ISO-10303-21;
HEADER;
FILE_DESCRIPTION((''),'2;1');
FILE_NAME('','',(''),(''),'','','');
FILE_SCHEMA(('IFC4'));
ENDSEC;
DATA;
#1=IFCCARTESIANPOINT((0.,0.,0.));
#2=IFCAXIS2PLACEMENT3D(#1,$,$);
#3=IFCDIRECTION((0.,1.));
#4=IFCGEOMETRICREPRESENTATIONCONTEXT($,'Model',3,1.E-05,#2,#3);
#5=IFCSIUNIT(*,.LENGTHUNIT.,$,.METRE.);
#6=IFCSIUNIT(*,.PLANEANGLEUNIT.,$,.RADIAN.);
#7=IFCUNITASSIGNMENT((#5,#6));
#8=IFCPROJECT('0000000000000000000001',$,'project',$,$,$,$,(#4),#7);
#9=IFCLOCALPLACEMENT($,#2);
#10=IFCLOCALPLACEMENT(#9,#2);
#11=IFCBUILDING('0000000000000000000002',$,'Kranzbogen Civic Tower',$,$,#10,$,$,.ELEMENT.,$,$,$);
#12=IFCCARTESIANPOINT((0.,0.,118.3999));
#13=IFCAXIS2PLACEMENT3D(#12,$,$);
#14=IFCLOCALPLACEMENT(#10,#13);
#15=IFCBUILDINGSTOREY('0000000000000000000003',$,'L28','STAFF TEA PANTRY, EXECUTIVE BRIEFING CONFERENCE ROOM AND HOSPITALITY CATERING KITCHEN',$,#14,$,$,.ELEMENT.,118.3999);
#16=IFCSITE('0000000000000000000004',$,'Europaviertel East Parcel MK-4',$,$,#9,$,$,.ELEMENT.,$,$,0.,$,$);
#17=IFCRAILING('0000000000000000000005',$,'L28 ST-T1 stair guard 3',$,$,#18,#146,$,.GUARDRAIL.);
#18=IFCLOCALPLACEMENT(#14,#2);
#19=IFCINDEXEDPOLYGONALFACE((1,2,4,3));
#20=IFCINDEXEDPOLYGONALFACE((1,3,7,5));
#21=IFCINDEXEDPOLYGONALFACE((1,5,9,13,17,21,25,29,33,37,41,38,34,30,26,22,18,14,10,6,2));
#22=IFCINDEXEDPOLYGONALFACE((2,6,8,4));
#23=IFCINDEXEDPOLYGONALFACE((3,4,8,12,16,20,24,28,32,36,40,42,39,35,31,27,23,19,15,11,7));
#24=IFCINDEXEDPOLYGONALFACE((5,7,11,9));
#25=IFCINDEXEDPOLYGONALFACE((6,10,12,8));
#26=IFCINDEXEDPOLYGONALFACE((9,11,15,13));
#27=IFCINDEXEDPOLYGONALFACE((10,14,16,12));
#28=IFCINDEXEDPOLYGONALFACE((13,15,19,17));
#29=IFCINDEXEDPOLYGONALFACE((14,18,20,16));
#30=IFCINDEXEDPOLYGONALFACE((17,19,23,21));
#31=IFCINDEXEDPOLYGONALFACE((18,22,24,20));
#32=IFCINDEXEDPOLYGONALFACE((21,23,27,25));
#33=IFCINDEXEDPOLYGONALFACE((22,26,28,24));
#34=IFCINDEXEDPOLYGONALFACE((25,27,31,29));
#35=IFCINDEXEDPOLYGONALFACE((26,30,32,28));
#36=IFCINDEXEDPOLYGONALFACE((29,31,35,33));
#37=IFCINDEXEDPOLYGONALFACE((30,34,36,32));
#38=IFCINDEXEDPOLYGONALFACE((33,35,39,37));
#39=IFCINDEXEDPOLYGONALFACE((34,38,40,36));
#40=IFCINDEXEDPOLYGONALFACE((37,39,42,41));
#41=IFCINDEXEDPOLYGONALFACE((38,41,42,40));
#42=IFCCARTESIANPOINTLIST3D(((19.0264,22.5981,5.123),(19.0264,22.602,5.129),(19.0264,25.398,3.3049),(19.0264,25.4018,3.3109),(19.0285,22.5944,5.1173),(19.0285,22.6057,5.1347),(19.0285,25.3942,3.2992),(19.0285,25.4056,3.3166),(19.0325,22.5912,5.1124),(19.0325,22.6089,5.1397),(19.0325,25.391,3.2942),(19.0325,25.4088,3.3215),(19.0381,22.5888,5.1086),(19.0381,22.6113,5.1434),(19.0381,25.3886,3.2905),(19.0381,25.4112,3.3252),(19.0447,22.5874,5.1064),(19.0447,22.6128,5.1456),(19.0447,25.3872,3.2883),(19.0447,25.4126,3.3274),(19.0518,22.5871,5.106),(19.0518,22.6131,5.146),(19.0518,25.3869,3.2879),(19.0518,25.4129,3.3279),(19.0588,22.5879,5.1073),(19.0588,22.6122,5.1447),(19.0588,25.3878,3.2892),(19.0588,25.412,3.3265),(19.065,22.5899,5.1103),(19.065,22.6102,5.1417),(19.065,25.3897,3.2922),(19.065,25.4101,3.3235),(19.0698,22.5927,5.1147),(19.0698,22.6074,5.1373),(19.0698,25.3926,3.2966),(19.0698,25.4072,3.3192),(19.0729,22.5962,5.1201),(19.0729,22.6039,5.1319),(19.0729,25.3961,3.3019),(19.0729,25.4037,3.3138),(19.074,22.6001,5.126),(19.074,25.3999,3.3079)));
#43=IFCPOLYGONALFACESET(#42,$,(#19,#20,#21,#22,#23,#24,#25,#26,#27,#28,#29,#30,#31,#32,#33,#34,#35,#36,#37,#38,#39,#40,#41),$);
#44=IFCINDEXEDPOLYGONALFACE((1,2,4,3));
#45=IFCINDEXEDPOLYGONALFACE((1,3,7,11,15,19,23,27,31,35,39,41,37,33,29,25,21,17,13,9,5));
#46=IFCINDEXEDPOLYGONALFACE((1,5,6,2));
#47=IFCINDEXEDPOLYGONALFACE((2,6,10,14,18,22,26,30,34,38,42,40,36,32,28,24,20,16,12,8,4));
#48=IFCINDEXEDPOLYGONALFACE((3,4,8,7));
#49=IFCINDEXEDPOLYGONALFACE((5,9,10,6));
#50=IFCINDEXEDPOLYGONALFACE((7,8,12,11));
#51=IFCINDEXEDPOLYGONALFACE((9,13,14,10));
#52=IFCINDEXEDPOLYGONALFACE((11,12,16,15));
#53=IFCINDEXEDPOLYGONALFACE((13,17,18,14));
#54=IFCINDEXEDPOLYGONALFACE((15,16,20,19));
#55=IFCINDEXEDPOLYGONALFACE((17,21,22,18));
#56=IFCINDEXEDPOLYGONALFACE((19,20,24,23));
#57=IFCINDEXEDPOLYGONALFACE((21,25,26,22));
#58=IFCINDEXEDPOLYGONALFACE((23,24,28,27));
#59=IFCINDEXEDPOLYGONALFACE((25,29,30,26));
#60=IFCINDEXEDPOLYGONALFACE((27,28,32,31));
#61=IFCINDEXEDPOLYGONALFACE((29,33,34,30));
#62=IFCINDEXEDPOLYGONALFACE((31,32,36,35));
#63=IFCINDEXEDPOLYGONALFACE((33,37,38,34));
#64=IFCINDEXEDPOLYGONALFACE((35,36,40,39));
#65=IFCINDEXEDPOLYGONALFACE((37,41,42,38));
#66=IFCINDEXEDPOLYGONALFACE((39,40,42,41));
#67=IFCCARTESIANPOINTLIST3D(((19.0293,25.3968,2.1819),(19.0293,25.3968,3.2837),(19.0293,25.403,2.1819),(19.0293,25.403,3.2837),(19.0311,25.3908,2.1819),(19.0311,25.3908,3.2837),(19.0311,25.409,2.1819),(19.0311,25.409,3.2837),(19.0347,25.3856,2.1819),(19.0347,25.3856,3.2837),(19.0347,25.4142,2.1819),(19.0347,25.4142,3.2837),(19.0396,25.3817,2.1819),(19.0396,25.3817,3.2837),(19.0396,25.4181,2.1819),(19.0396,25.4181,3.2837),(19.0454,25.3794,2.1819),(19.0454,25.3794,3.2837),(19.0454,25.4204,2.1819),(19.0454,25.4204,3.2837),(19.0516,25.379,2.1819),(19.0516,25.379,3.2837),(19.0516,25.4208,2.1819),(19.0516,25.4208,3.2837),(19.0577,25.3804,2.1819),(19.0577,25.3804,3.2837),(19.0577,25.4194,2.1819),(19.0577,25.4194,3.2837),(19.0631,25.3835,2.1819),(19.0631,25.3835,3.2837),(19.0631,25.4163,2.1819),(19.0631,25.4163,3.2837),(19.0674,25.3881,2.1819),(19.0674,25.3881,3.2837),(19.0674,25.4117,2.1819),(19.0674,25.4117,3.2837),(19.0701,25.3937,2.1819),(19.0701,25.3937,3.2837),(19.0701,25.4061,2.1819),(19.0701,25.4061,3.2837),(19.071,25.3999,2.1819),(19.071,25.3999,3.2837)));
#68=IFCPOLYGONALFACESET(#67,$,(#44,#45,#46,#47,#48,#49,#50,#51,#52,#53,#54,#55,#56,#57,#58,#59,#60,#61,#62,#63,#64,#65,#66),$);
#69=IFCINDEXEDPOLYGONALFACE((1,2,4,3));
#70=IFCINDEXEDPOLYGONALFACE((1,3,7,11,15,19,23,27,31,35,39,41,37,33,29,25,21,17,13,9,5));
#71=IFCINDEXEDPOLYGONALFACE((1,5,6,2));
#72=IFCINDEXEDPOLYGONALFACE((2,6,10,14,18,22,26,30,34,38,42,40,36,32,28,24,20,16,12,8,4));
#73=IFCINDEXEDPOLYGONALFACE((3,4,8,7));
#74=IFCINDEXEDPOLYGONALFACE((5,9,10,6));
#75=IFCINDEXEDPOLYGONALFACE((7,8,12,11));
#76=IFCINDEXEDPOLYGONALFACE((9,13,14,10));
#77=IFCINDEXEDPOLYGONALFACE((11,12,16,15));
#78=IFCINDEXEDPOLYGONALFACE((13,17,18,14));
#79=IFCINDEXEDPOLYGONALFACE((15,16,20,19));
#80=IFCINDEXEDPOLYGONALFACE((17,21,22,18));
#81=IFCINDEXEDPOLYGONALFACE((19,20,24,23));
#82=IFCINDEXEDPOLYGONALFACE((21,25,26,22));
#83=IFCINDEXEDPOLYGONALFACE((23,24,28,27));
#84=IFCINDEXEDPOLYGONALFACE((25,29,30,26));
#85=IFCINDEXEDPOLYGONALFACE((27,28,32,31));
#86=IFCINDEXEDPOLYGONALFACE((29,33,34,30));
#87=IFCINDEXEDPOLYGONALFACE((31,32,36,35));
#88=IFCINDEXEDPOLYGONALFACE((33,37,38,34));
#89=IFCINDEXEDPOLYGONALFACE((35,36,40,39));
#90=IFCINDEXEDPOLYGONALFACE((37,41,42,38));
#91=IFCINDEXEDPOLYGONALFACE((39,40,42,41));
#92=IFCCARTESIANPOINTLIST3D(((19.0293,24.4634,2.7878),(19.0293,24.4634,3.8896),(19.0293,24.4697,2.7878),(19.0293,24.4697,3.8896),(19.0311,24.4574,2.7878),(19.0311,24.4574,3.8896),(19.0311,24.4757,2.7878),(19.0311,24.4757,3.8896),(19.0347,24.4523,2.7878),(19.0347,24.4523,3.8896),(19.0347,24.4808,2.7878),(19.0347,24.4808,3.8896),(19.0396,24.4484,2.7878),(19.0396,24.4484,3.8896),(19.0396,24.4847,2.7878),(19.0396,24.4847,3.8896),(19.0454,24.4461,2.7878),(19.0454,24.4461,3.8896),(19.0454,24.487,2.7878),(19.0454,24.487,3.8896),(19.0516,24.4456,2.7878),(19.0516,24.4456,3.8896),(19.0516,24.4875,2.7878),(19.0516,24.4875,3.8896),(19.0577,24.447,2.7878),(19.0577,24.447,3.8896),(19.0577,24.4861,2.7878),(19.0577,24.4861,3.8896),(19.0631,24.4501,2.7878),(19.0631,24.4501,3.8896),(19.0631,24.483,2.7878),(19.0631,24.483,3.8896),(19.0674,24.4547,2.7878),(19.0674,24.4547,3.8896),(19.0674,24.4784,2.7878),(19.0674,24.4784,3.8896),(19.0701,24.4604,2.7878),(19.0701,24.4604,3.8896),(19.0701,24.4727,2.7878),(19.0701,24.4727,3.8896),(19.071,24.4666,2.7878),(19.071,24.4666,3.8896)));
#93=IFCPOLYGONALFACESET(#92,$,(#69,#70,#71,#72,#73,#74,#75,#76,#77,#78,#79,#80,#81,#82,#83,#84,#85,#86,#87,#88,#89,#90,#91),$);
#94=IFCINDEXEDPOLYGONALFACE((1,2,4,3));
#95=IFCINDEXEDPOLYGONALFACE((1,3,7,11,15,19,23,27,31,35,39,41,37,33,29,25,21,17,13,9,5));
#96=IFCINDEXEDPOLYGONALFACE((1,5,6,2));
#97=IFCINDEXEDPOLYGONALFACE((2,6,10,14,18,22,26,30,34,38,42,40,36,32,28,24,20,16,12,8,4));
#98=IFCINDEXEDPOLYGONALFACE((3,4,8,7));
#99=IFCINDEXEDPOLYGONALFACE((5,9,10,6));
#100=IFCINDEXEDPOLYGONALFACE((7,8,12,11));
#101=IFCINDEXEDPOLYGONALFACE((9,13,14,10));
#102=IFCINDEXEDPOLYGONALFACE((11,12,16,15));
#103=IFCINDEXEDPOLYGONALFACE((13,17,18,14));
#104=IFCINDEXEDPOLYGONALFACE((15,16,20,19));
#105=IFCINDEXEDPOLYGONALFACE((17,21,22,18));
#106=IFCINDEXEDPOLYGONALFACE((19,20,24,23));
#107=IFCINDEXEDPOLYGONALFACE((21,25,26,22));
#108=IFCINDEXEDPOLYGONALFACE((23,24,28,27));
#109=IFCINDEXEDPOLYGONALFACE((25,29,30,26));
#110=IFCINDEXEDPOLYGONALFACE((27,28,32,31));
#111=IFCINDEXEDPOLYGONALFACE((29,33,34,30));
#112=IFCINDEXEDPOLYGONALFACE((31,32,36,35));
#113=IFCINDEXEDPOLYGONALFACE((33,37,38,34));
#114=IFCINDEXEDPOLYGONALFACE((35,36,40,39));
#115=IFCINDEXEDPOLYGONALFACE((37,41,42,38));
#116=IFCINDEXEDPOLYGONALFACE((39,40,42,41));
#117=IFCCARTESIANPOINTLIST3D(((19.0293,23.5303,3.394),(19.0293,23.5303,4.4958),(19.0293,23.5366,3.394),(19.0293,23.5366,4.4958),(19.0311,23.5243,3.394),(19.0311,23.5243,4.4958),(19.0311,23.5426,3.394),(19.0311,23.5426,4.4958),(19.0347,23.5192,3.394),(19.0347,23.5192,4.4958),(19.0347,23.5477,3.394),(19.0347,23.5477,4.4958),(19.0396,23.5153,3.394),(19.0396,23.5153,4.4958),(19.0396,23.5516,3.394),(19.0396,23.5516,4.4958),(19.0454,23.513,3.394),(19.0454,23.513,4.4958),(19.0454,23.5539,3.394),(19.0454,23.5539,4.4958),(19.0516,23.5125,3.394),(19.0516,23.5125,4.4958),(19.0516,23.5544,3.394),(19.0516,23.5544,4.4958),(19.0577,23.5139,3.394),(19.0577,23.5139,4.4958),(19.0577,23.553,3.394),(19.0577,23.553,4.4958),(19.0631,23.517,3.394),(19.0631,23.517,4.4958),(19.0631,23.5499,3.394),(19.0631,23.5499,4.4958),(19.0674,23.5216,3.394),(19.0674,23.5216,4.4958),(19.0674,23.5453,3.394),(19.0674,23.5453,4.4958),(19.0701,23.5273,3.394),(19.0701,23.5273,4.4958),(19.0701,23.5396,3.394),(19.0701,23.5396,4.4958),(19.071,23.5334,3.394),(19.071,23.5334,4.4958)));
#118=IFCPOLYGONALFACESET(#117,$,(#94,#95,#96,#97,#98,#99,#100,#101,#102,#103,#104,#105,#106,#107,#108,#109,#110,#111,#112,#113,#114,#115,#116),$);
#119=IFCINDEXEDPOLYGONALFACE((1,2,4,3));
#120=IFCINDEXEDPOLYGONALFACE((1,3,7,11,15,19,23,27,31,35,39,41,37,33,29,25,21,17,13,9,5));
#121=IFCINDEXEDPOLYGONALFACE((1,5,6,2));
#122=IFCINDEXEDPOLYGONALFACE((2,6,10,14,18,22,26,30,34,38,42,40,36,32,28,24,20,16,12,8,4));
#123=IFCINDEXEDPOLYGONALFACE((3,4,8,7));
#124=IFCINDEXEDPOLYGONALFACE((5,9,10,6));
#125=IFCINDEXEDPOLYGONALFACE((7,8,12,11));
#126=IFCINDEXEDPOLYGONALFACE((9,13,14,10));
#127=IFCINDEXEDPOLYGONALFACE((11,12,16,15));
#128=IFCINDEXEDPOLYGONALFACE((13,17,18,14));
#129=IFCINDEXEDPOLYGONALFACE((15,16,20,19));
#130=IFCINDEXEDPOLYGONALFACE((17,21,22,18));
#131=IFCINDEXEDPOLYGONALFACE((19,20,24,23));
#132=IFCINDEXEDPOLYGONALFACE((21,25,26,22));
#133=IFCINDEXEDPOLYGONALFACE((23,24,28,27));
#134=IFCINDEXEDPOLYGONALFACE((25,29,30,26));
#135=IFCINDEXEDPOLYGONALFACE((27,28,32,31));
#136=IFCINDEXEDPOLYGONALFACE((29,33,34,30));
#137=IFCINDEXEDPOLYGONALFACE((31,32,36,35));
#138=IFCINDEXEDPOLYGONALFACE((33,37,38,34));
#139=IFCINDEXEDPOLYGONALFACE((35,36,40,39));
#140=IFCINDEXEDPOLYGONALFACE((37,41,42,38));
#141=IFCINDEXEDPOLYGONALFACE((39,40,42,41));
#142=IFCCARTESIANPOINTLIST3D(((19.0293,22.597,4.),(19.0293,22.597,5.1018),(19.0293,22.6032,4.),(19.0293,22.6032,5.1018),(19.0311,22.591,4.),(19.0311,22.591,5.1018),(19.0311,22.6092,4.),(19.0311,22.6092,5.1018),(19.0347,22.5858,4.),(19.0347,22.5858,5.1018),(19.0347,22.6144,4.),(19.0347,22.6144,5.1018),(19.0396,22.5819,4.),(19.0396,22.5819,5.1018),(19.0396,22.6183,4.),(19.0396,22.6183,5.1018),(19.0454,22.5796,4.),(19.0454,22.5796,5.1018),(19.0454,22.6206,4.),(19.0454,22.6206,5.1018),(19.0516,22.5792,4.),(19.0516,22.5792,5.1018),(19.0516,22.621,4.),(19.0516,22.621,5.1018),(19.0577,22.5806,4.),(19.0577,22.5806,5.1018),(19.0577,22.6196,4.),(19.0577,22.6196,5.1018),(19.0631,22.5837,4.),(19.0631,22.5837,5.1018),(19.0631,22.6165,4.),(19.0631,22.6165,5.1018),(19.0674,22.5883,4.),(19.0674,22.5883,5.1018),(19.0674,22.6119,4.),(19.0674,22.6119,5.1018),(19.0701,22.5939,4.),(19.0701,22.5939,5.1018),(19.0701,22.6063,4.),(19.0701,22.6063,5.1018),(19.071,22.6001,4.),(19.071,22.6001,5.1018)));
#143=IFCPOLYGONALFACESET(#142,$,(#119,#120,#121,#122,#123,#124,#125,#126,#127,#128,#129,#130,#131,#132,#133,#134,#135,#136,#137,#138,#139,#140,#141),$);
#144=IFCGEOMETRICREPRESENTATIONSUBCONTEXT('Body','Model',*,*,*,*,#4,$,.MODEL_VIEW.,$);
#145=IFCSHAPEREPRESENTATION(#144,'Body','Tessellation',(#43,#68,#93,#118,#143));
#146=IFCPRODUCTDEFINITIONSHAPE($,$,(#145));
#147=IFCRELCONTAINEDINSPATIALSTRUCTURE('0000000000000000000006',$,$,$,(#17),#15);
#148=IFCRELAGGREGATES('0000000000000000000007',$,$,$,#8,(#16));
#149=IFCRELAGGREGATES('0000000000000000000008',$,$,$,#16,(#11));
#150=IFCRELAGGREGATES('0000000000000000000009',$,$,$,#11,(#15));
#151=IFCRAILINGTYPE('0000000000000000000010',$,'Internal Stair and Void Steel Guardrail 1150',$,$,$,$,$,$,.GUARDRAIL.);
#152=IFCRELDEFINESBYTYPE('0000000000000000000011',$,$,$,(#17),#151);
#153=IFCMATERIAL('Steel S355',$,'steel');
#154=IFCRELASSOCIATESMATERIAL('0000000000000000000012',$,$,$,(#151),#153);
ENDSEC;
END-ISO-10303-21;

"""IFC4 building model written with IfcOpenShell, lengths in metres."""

from ifc_helpers import new_model, si_unit, direction, frame, origin, origin_2d, place, context, subcontext, project, spatial, circle, extrude, material, type_object, element, save


model = new_model("IFC4")

# Units and contexts
model_context = context("Model", 3, precision=1e-05, world=origin(), true_north=direction((0.0, 1.0)))
body_context = subcontext(model_context, "Body", "Model", "MODEL_VIEW")
ifc_project = project(units=[si_unit("LENGTHUNIT", "METRE"), si_unit("PLANEANGLEUNIT", "RADIAN")], contexts=[model_context])

# Site, building, storey
site_placement = place(None, origin())
site = spatial("IfcSite", under=ifc_project, at=site_placement, Name="Europaviertel East Parcel MK-4", CompositionType="ELEMENT", RefElevation=0.0)
building_placement = place(site_placement, origin())
building = spatial("IfcBuilding", under=site, at=building_placement, Name="Kranzbogen Civic Tower", CompositionType="ELEMENT")
storey_placement = place(building_placement, frame((0.0, 0.0, 118.3999)))
storey = spatial("IfcBuildingStorey", under=building, at=storey_placement, Name="L28", Description="STAFF TEA PANTRY, EXECUTIVE BRIEFING CONFERENCE ROOM AND HOSPITALITY CATERING KITCHEN", CompositionType="ELEMENT", Elevation=118.3999)

# Shared definitions
ifc_material_1 = material(Name="Steel S355", Category="steel")

# Railing
railing_type_1 = type_object("IfcRailingType", Name="Internal Stair and Void Steel Guardrail 1150", PredefinedType="GUARDRAIL", material=ifc_material_1)
railing_1_placement = place(storey_placement, frame((19.05, 25.3999, 2.1819)))
element("IfcRailing", 1, at=railing_1_placement, inside=storey, type_object=railing_type_1, Name="L28 ST-T1 stair guard 3", PredefinedType="GUARDRAIL", context=body_context, shape_type="SweptSolid", body=[
    extrude(circle(Radius=0.0239, at=origin_2d()), frame((0.0, 0.0, 1.126), z_axis=(0.0, -0.838684, 0.544618), x_axis=(1.0, 0.0, 0.0)), (0.0, 0.0, 1.0), 3.3384),
    extrude(circle(Radius=0.021, at=origin_2d()), origin(), (0.0, 0.0, 1.0), 1.1018),
    extrude(circle(Radius=0.021, at=origin_2d()), frame((0.0, -0.9333, 0.606)), (0.0, 0.0, 1.0), 1.1018),
    extrude(circle(Radius=0.021, at=origin_2d()), frame((0.0, -1.8665, 1.2122)), (0.0, 0.0, 1.0), 1.1018),
    extrude(circle(Radius=0.021, at=origin_2d()), frame((0.0, -2.7998, 1.8181)), (0.0, 0.0, 1.0), 1.1018),
])

save(model, "model.ifc")
